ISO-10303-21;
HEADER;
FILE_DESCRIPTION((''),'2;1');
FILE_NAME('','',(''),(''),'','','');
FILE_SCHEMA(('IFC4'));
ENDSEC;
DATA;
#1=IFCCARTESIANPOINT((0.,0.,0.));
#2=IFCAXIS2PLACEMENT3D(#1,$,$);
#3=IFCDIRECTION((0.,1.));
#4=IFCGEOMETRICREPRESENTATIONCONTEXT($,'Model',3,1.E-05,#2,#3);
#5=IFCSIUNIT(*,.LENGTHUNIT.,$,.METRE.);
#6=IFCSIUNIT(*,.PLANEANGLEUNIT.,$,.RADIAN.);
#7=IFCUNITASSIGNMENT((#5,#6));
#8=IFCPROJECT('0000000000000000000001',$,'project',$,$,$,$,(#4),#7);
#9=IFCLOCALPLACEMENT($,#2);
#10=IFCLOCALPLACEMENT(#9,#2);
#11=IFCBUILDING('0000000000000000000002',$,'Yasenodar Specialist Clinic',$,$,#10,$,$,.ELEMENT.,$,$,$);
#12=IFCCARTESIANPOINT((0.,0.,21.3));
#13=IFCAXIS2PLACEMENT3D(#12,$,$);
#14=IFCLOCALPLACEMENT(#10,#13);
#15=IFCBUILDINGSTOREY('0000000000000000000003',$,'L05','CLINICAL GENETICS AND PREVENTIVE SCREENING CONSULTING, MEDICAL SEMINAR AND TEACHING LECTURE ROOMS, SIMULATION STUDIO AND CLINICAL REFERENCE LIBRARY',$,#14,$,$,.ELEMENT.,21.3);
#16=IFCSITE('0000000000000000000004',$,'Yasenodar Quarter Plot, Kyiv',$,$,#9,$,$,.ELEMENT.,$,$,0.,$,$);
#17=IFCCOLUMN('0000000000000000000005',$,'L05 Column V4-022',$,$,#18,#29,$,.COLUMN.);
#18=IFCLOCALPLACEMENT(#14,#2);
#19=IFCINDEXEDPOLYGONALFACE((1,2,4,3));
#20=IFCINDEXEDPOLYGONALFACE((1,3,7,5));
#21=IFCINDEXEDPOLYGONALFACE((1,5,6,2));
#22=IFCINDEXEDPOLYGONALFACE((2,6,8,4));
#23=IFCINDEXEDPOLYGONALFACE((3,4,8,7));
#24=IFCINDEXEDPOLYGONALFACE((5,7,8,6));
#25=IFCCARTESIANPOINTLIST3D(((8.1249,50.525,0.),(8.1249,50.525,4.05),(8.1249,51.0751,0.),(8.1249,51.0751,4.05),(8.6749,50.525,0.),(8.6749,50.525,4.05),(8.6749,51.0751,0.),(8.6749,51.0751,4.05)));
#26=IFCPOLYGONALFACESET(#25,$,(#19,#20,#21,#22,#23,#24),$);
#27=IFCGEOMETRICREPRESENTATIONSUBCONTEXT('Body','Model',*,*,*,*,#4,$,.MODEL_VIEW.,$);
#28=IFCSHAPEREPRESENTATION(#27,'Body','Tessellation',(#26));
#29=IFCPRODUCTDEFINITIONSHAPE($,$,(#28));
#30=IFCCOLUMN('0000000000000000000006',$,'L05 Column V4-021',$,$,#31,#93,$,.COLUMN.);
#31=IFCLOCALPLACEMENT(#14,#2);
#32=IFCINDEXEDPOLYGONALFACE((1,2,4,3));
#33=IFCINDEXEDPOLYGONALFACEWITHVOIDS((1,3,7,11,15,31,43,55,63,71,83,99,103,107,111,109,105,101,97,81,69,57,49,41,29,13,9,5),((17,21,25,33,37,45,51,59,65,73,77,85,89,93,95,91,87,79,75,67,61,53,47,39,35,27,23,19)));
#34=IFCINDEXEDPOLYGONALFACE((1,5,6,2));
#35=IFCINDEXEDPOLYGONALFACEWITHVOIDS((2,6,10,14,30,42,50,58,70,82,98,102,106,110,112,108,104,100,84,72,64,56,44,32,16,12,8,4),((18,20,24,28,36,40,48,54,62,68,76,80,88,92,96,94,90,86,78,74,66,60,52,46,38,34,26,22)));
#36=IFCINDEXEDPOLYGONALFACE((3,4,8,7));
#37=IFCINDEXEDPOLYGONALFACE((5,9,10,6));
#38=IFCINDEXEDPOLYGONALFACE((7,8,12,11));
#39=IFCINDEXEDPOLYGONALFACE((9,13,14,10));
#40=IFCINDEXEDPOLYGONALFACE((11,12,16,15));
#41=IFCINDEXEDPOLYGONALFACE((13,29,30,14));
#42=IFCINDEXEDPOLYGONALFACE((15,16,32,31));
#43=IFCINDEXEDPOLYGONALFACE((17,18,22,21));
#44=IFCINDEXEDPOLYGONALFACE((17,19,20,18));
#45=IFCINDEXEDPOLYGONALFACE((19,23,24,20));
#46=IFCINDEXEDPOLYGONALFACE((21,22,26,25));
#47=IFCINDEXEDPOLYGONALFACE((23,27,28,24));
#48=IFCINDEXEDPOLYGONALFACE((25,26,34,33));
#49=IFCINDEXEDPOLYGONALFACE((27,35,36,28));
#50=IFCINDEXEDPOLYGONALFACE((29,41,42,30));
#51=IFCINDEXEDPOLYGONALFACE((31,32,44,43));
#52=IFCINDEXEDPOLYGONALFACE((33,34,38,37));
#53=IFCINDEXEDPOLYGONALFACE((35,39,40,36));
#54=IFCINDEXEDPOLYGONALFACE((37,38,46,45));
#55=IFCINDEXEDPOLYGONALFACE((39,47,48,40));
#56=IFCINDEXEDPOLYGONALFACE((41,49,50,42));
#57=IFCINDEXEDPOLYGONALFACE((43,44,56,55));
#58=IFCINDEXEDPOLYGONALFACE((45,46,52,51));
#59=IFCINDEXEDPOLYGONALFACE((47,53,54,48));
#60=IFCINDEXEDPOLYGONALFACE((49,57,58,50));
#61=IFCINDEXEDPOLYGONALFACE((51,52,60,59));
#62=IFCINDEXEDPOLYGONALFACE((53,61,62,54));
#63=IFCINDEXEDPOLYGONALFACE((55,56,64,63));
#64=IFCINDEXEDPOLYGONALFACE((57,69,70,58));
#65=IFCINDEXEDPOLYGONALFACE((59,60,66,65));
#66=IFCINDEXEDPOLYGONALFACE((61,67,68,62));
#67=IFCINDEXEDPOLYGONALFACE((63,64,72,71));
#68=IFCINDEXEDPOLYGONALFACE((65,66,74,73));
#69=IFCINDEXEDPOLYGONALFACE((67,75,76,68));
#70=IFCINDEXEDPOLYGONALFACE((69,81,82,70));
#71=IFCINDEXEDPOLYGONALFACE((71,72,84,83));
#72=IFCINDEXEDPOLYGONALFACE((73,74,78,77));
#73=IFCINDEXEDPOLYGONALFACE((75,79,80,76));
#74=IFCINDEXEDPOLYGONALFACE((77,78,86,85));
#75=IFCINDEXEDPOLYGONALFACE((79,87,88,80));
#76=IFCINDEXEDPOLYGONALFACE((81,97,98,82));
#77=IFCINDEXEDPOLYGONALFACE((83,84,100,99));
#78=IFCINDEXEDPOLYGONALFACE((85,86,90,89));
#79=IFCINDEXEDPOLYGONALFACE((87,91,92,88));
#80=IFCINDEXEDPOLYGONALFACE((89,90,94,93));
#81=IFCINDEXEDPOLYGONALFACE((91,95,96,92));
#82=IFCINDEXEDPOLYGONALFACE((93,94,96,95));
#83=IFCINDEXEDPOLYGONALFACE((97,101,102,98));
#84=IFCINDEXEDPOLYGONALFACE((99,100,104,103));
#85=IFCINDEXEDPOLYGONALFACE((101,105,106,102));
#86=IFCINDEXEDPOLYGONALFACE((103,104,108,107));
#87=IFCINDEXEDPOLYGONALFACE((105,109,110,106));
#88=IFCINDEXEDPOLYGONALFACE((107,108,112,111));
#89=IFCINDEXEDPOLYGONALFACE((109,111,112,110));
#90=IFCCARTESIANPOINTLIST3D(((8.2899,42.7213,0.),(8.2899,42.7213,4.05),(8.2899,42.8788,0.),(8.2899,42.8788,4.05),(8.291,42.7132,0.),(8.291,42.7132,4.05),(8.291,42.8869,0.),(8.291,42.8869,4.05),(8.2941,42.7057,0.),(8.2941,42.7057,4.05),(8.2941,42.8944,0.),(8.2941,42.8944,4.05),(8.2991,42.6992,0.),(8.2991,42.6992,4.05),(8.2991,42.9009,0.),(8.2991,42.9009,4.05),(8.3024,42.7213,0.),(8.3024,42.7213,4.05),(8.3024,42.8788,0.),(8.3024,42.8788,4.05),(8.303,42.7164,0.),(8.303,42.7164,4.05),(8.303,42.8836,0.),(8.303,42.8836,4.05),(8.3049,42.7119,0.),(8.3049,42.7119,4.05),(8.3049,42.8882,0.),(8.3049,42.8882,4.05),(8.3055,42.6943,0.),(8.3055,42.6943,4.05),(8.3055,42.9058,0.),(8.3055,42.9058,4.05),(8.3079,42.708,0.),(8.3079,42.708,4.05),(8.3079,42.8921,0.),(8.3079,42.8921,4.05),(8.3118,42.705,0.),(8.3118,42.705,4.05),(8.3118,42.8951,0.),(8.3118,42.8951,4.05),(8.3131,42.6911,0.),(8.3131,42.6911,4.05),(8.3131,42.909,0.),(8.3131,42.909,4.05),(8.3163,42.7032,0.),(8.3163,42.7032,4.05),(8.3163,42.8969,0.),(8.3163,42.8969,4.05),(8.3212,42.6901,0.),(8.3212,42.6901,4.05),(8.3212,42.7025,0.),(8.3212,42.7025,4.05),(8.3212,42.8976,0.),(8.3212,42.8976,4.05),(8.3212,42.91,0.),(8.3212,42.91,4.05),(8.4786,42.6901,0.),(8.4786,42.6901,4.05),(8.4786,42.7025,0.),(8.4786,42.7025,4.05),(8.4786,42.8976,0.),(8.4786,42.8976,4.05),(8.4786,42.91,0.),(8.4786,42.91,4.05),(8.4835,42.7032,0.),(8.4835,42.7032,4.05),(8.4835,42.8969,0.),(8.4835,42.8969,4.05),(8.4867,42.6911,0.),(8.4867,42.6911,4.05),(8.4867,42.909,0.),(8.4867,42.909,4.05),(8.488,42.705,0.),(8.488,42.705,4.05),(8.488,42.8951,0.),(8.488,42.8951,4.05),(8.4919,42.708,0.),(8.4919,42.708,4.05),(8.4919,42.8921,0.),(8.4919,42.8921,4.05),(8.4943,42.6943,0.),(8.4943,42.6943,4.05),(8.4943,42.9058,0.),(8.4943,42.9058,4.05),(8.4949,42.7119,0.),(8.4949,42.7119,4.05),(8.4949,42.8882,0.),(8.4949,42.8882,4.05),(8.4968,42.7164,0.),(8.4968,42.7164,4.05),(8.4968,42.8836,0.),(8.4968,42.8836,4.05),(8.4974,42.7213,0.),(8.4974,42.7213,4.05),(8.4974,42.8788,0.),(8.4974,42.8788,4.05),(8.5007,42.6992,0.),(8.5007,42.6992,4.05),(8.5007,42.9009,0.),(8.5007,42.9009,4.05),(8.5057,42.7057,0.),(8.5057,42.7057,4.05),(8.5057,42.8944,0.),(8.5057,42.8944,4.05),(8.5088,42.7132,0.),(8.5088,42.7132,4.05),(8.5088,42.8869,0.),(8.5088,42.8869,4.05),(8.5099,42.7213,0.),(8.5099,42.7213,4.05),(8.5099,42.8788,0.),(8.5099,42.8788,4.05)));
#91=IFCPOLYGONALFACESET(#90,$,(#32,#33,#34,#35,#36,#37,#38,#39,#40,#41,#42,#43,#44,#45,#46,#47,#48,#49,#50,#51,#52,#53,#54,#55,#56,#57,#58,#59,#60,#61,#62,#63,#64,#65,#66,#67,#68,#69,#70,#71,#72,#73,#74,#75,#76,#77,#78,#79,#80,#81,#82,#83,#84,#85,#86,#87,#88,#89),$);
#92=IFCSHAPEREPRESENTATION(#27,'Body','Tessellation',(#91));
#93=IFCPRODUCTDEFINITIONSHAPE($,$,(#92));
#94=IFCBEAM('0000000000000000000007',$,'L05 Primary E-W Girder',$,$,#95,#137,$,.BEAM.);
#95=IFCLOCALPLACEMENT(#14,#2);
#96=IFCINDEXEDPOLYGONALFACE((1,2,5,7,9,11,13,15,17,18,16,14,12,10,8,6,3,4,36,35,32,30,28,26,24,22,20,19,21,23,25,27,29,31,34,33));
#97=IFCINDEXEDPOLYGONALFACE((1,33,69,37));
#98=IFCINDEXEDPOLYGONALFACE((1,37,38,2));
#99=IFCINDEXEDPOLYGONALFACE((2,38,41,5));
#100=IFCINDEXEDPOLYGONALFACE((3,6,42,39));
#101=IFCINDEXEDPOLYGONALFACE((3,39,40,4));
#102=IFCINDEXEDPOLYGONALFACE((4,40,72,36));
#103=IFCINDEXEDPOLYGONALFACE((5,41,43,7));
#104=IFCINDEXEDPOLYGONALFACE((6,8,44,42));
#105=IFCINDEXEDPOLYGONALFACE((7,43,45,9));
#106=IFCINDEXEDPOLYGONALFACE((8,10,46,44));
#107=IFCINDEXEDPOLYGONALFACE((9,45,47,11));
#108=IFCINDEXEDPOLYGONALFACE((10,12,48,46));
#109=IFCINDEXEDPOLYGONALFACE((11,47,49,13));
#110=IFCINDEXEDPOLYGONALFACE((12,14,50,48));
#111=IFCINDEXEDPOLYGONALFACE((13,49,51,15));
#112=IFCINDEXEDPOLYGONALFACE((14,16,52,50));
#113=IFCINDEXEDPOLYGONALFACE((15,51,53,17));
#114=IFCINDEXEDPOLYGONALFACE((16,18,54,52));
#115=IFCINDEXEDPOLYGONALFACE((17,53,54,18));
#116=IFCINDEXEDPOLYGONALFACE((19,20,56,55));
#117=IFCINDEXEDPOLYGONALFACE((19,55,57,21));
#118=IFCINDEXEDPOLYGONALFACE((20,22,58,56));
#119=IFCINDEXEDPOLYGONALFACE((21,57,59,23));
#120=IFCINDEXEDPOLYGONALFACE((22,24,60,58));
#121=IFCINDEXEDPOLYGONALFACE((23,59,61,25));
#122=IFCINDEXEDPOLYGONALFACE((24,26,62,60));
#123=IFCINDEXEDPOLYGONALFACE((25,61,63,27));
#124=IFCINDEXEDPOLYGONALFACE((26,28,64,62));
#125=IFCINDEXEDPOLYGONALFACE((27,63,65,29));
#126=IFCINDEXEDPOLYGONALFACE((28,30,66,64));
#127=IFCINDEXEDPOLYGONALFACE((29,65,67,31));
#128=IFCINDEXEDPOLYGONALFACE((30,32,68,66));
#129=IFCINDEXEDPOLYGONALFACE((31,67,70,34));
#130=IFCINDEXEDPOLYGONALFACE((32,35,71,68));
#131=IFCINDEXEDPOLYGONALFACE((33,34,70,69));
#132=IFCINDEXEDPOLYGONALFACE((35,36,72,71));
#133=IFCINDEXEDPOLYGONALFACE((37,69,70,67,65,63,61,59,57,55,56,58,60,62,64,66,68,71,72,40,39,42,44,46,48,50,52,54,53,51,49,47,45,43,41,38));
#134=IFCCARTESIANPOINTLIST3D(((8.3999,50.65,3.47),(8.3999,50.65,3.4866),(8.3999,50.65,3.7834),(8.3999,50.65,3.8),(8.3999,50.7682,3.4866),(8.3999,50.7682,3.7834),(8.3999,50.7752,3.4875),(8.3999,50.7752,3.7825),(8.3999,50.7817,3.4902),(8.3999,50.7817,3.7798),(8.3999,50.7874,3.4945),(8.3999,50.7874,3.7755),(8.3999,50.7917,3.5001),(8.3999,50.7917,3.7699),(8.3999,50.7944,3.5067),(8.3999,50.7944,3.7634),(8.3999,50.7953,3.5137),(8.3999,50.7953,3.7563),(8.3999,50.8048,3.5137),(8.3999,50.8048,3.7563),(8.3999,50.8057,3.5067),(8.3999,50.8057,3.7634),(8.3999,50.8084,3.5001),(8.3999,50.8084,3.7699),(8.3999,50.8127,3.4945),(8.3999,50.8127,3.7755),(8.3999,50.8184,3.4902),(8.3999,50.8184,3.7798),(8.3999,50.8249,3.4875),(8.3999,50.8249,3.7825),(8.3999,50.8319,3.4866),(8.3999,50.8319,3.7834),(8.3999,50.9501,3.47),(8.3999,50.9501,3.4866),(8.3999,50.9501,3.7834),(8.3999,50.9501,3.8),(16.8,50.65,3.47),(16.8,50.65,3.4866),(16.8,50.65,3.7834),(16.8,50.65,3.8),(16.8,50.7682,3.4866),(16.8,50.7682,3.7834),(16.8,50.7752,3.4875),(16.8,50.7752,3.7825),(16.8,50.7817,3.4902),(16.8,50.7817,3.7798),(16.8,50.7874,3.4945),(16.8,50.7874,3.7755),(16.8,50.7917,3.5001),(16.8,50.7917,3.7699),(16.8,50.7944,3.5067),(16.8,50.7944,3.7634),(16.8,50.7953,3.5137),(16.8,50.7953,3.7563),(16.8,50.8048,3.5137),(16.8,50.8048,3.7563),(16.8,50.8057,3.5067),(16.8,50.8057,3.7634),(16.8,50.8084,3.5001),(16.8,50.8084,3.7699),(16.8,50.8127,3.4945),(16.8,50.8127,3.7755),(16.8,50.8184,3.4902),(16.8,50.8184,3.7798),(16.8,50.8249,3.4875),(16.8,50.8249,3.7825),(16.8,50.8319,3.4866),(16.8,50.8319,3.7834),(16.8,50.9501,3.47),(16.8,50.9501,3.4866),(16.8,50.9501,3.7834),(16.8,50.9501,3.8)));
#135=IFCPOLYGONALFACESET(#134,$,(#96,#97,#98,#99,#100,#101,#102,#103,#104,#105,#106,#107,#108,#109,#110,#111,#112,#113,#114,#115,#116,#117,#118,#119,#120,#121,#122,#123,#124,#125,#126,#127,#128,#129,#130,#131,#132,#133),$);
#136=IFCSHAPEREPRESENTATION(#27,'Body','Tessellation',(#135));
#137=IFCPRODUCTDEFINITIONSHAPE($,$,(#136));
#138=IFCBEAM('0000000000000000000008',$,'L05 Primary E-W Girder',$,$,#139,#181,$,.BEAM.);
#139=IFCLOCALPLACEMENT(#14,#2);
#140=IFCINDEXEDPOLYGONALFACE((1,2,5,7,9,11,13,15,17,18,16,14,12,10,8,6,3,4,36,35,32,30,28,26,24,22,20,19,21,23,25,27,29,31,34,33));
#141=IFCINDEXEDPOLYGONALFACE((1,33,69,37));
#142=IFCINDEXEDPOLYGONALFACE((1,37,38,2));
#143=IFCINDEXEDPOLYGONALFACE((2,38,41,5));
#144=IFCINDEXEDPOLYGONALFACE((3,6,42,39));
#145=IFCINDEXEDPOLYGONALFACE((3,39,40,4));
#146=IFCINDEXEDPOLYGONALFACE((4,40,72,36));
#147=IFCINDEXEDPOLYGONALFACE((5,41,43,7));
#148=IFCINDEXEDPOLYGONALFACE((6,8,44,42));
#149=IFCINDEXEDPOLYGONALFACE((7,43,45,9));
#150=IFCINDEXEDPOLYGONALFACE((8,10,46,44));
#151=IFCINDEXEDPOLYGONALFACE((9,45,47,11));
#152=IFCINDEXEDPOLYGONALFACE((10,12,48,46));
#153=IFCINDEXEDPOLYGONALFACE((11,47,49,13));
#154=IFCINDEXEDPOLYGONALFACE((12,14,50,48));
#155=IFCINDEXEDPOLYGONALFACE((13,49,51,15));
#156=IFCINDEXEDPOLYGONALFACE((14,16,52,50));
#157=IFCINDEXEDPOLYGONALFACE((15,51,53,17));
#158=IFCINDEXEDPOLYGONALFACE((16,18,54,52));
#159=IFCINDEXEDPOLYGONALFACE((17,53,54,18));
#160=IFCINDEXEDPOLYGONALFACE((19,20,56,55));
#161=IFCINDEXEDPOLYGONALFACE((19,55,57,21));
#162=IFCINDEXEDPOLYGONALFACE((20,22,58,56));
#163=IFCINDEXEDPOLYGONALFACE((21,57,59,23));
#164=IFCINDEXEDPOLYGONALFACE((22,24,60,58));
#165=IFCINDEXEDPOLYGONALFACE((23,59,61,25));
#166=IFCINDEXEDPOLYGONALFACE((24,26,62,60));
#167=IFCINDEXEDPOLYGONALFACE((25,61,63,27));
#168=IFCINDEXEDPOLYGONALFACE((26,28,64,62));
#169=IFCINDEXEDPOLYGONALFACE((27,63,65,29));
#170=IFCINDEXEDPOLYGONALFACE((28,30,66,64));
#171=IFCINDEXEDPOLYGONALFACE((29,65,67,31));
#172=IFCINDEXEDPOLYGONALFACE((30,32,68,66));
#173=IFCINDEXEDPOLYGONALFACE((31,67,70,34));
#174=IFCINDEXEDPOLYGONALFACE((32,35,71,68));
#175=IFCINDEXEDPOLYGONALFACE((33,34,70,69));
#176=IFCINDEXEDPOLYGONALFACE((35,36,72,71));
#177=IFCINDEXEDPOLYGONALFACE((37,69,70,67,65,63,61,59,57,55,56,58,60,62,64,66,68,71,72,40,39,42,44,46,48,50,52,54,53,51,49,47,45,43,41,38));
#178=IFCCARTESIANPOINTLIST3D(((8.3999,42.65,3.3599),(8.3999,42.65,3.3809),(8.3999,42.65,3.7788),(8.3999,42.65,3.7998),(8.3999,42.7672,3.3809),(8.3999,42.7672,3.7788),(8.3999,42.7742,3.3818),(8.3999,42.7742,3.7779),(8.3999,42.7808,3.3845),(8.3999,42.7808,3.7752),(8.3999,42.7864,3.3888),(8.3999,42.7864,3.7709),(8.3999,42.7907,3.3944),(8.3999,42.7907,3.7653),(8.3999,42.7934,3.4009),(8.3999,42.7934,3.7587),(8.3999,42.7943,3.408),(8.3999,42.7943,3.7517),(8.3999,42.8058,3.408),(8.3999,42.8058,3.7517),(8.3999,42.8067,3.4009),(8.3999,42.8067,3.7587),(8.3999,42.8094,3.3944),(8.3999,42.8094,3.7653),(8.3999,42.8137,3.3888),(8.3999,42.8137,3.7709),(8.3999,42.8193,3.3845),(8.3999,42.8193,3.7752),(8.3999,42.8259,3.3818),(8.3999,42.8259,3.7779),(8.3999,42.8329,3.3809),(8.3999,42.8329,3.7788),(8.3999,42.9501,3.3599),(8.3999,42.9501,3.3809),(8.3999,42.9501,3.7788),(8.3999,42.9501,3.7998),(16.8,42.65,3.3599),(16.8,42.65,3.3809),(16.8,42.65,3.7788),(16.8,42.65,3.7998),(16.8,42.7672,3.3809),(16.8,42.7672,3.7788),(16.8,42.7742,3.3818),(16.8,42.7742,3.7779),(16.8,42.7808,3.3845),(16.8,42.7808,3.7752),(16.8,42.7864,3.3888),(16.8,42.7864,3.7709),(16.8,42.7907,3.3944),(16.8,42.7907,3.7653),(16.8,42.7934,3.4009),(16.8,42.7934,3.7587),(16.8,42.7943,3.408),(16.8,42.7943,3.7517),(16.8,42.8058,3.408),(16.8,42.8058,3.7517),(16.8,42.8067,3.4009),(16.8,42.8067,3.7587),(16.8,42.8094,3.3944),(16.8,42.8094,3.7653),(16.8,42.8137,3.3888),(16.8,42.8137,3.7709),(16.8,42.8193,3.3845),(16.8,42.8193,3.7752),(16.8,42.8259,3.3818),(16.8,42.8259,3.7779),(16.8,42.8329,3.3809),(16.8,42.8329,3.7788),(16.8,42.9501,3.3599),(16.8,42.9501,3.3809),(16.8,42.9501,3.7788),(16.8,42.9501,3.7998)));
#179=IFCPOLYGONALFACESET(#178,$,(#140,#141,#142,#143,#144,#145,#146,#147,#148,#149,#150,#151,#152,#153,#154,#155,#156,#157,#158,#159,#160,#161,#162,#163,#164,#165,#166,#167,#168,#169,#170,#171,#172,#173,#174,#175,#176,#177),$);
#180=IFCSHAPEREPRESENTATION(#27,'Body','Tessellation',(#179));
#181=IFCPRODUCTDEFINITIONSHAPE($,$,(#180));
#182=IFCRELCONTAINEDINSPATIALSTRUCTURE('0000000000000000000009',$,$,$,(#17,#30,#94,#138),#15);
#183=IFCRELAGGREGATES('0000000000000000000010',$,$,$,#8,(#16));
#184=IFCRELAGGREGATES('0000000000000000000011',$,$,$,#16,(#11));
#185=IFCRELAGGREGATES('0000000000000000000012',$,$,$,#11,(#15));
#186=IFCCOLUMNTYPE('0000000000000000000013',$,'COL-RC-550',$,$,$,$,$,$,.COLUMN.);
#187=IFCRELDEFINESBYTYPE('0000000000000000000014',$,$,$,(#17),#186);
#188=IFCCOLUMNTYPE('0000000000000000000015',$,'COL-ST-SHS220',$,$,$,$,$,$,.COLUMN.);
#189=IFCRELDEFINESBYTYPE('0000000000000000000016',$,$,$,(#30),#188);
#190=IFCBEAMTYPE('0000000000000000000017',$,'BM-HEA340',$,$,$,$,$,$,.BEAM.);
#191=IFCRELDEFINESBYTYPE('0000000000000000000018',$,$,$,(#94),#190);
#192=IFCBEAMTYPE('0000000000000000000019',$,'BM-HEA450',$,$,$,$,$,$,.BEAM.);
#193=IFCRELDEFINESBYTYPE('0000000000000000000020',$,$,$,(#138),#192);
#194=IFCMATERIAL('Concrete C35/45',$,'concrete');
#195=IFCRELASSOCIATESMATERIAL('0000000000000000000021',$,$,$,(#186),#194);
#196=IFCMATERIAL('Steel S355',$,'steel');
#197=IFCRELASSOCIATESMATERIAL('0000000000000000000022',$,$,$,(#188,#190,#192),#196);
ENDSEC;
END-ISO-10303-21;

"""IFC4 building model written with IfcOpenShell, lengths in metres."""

from ifc_helpers import new_model, si_unit, direction, frame, origin, origin_2d, place, context, subcontext, project, spatial, rectangle, hollow_rectangle, i_section, extrude, material, material_profile, profile_set, type_object, element, save


model = new_model("IFC4")

# Units and contexts
model_context = context("Model", 3, precision=1e-05, world=origin(), true_north=direction((0.0, 1.0)))
body_context = subcontext(model_context, "Body", "Model", "MODEL_VIEW")
ifc_project = project(units=[si_unit("LENGTHUNIT", "METRE"), si_unit("PLANEANGLEUNIT", "RADIAN")], contexts=[model_context])

# Site, building, storey
site_placement = place(None, origin())
site = spatial("IfcSite", under=ifc_project, at=site_placement, Name="Yasenodar Quarter Plot, Kyiv", CompositionType="ELEMENT", RefElevation=0.0)
building_placement = place(site_placement, origin())
building = spatial("IfcBuilding", under=site, at=building_placement, Name="Yasenodar Specialist Clinic", CompositionType="ELEMENT")
storey_placement = place(building_placement, frame((0.0, 0.0, 21.3)))
storey = spatial("IfcBuildingStorey", under=building, at=storey_placement, Name="L05", Description="CLINICAL GENETICS AND PREVENTIVE SCREENING CONSULTING, MEDICAL SEMINAR AND TEACHING LECTURE ROOMS, SIMULATION STUDIO AND CLINICAL REFERENCE LIBRARY", CompositionType="ELEMENT", Elevation=21.3)

# Columns
ifc_material_1 = material(Name="Concrete C35/45", Category="concrete")
ifc_material_profile_1 = material_profile(ifc_material_1, rectangle(XDim=0.55, YDim=0.55, at=origin_2d()), Name="RC 550x550")
ifc_profile_set_1 = profile_set([ifc_material_profile_1], Name="Concrete C35/45")
column_type_1 = type_object("IfcColumnType", Name="COL-RC-550", PredefinedType="COLUMN", material=ifc_profile_set_1)
column_1_placement = place(storey_placement, frame((8.3999, 50.8, 0.0), z_axis=(0.0, 0.0, 1.0), x_axis=(1.0, 0.0, 0.0)))
element("IfcColumn", 1, at=column_1_placement, inside=storey, type_object=column_type_1, Name="L05 Column V4-022", PredefinedType="COLUMN", context=body_context, shape_type="SweptSolid", body=[
    extrude(rectangle(XDim=0.55, YDim=0.55, at=origin_2d()), origin(), (0.0, 0.0, 1.0), 4.05),
])
ifc_material_2 = material(Name="Steel S355", Category="steel")
ifc_material_profile_2 = material_profile(ifc_material_2, hollow_rectangle(XDim=0.22, YDim=0.22, WallThickness=0.0125, InnerFilletRadius=0.0188, OuterFilletRadius=0.0312, at=origin_2d()), Name="SHS 220x220x12.5")
ifc_profile_set_2 = profile_set([ifc_material_profile_2], Name="Steel S355")
column_type_2 = type_object("IfcColumnType", Name="COL-ST-SHS220", PredefinedType="COLUMN", material=ifc_profile_set_2)
column_2_placement = place(storey_placement, frame((8.3999, 42.8, 0.0), z_axis=(0.0, 0.0, 1.0), x_axis=(1.0, 0.0, 0.0)))
element("IfcColumn", 2, at=column_2_placement, inside=storey, type_object=column_type_2, Name="L05 Column V4-021", PredefinedType="COLUMN", context=body_context, shape_type="SweptSolid", body=[
    extrude(hollow_rectangle(XDim=0.22, YDim=0.22, WallThickness=0.0125, InnerFilletRadius=0.0188, OuterFilletRadius=0.0312, at=origin_2d()), origin(), (0.0, 0.0, 1.0), 4.05),
])

# Beams
ifc_material_profile_3 = material_profile(ifc_material_2, i_section(OverallWidth=0.3, OverallDepth=0.3301, WebThickness=0.0095, FlangeThickness=0.0166, FilletRadius=0.0271, at=origin_2d()), Name="HEA 340")
ifc_profile_set_3 = profile_set([ifc_material_profile_3], Name="Steel S355")
beam_type_1 = type_object("IfcBeamType", Name="BM-HEA340", PredefinedType="BEAM", material=ifc_profile_set_3)
beam_1_placement = place(storey_placement, frame((8.3999, 50.8, 3.635), z_axis=(1.0, 0.0, 0.0), x_axis=(0.0, 1.0, 0.0)))
element("IfcBeam", 3, at=beam_1_placement, inside=storey, type_object=beam_type_1, Name="L05 Primary E-W Girder", PredefinedType="BEAM", context=body_context, shape_type="SweptSolid", body=[
    extrude(i_section(OverallWidth=0.3, OverallDepth=0.3301, WebThickness=0.0095, FlangeThickness=0.0166, FilletRadius=0.0271, at=origin_2d()), origin(), (0.0, 0.0, 1.0), 8.4001),
])
ifc_material_profile_4 = material_profile(ifc_material_2, i_section(OverallWidth=0.3, OverallDepth=0.4399, WebThickness=0.0115, FlangeThickness=0.021, FilletRadius=0.0271, at=origin_2d()), Name="HEA 450")
ifc_profile_set_4 = profile_set([ifc_material_profile_4], Name="Steel S355")
beam_type_2 = type_object("IfcBeamType", Name="BM-HEA450", PredefinedType="BEAM", material=ifc_profile_set_4)
beam_2_placement = place(storey_placement, frame((8.3999, 42.8, 3.5798), z_axis=(1.0, 0.0, 0.0), x_axis=(0.0, 1.0, 0.0)))
element("IfcBeam", 4, at=beam_2_placement, inside=storey, type_object=beam_type_2, Name="L05 Primary E-W Girder", PredefinedType="BEAM", context=body_context, shape_type="SweptSolid", body=[
    extrude(i_section(OverallWidth=0.3, OverallDepth=0.4399, WebThickness=0.0115, FlangeThickness=0.021, FilletRadius=0.0271, at=origin_2d()), origin(), (0.0, 0.0, 1.0), 8.4001),
])

save(model, "model.ifc")
